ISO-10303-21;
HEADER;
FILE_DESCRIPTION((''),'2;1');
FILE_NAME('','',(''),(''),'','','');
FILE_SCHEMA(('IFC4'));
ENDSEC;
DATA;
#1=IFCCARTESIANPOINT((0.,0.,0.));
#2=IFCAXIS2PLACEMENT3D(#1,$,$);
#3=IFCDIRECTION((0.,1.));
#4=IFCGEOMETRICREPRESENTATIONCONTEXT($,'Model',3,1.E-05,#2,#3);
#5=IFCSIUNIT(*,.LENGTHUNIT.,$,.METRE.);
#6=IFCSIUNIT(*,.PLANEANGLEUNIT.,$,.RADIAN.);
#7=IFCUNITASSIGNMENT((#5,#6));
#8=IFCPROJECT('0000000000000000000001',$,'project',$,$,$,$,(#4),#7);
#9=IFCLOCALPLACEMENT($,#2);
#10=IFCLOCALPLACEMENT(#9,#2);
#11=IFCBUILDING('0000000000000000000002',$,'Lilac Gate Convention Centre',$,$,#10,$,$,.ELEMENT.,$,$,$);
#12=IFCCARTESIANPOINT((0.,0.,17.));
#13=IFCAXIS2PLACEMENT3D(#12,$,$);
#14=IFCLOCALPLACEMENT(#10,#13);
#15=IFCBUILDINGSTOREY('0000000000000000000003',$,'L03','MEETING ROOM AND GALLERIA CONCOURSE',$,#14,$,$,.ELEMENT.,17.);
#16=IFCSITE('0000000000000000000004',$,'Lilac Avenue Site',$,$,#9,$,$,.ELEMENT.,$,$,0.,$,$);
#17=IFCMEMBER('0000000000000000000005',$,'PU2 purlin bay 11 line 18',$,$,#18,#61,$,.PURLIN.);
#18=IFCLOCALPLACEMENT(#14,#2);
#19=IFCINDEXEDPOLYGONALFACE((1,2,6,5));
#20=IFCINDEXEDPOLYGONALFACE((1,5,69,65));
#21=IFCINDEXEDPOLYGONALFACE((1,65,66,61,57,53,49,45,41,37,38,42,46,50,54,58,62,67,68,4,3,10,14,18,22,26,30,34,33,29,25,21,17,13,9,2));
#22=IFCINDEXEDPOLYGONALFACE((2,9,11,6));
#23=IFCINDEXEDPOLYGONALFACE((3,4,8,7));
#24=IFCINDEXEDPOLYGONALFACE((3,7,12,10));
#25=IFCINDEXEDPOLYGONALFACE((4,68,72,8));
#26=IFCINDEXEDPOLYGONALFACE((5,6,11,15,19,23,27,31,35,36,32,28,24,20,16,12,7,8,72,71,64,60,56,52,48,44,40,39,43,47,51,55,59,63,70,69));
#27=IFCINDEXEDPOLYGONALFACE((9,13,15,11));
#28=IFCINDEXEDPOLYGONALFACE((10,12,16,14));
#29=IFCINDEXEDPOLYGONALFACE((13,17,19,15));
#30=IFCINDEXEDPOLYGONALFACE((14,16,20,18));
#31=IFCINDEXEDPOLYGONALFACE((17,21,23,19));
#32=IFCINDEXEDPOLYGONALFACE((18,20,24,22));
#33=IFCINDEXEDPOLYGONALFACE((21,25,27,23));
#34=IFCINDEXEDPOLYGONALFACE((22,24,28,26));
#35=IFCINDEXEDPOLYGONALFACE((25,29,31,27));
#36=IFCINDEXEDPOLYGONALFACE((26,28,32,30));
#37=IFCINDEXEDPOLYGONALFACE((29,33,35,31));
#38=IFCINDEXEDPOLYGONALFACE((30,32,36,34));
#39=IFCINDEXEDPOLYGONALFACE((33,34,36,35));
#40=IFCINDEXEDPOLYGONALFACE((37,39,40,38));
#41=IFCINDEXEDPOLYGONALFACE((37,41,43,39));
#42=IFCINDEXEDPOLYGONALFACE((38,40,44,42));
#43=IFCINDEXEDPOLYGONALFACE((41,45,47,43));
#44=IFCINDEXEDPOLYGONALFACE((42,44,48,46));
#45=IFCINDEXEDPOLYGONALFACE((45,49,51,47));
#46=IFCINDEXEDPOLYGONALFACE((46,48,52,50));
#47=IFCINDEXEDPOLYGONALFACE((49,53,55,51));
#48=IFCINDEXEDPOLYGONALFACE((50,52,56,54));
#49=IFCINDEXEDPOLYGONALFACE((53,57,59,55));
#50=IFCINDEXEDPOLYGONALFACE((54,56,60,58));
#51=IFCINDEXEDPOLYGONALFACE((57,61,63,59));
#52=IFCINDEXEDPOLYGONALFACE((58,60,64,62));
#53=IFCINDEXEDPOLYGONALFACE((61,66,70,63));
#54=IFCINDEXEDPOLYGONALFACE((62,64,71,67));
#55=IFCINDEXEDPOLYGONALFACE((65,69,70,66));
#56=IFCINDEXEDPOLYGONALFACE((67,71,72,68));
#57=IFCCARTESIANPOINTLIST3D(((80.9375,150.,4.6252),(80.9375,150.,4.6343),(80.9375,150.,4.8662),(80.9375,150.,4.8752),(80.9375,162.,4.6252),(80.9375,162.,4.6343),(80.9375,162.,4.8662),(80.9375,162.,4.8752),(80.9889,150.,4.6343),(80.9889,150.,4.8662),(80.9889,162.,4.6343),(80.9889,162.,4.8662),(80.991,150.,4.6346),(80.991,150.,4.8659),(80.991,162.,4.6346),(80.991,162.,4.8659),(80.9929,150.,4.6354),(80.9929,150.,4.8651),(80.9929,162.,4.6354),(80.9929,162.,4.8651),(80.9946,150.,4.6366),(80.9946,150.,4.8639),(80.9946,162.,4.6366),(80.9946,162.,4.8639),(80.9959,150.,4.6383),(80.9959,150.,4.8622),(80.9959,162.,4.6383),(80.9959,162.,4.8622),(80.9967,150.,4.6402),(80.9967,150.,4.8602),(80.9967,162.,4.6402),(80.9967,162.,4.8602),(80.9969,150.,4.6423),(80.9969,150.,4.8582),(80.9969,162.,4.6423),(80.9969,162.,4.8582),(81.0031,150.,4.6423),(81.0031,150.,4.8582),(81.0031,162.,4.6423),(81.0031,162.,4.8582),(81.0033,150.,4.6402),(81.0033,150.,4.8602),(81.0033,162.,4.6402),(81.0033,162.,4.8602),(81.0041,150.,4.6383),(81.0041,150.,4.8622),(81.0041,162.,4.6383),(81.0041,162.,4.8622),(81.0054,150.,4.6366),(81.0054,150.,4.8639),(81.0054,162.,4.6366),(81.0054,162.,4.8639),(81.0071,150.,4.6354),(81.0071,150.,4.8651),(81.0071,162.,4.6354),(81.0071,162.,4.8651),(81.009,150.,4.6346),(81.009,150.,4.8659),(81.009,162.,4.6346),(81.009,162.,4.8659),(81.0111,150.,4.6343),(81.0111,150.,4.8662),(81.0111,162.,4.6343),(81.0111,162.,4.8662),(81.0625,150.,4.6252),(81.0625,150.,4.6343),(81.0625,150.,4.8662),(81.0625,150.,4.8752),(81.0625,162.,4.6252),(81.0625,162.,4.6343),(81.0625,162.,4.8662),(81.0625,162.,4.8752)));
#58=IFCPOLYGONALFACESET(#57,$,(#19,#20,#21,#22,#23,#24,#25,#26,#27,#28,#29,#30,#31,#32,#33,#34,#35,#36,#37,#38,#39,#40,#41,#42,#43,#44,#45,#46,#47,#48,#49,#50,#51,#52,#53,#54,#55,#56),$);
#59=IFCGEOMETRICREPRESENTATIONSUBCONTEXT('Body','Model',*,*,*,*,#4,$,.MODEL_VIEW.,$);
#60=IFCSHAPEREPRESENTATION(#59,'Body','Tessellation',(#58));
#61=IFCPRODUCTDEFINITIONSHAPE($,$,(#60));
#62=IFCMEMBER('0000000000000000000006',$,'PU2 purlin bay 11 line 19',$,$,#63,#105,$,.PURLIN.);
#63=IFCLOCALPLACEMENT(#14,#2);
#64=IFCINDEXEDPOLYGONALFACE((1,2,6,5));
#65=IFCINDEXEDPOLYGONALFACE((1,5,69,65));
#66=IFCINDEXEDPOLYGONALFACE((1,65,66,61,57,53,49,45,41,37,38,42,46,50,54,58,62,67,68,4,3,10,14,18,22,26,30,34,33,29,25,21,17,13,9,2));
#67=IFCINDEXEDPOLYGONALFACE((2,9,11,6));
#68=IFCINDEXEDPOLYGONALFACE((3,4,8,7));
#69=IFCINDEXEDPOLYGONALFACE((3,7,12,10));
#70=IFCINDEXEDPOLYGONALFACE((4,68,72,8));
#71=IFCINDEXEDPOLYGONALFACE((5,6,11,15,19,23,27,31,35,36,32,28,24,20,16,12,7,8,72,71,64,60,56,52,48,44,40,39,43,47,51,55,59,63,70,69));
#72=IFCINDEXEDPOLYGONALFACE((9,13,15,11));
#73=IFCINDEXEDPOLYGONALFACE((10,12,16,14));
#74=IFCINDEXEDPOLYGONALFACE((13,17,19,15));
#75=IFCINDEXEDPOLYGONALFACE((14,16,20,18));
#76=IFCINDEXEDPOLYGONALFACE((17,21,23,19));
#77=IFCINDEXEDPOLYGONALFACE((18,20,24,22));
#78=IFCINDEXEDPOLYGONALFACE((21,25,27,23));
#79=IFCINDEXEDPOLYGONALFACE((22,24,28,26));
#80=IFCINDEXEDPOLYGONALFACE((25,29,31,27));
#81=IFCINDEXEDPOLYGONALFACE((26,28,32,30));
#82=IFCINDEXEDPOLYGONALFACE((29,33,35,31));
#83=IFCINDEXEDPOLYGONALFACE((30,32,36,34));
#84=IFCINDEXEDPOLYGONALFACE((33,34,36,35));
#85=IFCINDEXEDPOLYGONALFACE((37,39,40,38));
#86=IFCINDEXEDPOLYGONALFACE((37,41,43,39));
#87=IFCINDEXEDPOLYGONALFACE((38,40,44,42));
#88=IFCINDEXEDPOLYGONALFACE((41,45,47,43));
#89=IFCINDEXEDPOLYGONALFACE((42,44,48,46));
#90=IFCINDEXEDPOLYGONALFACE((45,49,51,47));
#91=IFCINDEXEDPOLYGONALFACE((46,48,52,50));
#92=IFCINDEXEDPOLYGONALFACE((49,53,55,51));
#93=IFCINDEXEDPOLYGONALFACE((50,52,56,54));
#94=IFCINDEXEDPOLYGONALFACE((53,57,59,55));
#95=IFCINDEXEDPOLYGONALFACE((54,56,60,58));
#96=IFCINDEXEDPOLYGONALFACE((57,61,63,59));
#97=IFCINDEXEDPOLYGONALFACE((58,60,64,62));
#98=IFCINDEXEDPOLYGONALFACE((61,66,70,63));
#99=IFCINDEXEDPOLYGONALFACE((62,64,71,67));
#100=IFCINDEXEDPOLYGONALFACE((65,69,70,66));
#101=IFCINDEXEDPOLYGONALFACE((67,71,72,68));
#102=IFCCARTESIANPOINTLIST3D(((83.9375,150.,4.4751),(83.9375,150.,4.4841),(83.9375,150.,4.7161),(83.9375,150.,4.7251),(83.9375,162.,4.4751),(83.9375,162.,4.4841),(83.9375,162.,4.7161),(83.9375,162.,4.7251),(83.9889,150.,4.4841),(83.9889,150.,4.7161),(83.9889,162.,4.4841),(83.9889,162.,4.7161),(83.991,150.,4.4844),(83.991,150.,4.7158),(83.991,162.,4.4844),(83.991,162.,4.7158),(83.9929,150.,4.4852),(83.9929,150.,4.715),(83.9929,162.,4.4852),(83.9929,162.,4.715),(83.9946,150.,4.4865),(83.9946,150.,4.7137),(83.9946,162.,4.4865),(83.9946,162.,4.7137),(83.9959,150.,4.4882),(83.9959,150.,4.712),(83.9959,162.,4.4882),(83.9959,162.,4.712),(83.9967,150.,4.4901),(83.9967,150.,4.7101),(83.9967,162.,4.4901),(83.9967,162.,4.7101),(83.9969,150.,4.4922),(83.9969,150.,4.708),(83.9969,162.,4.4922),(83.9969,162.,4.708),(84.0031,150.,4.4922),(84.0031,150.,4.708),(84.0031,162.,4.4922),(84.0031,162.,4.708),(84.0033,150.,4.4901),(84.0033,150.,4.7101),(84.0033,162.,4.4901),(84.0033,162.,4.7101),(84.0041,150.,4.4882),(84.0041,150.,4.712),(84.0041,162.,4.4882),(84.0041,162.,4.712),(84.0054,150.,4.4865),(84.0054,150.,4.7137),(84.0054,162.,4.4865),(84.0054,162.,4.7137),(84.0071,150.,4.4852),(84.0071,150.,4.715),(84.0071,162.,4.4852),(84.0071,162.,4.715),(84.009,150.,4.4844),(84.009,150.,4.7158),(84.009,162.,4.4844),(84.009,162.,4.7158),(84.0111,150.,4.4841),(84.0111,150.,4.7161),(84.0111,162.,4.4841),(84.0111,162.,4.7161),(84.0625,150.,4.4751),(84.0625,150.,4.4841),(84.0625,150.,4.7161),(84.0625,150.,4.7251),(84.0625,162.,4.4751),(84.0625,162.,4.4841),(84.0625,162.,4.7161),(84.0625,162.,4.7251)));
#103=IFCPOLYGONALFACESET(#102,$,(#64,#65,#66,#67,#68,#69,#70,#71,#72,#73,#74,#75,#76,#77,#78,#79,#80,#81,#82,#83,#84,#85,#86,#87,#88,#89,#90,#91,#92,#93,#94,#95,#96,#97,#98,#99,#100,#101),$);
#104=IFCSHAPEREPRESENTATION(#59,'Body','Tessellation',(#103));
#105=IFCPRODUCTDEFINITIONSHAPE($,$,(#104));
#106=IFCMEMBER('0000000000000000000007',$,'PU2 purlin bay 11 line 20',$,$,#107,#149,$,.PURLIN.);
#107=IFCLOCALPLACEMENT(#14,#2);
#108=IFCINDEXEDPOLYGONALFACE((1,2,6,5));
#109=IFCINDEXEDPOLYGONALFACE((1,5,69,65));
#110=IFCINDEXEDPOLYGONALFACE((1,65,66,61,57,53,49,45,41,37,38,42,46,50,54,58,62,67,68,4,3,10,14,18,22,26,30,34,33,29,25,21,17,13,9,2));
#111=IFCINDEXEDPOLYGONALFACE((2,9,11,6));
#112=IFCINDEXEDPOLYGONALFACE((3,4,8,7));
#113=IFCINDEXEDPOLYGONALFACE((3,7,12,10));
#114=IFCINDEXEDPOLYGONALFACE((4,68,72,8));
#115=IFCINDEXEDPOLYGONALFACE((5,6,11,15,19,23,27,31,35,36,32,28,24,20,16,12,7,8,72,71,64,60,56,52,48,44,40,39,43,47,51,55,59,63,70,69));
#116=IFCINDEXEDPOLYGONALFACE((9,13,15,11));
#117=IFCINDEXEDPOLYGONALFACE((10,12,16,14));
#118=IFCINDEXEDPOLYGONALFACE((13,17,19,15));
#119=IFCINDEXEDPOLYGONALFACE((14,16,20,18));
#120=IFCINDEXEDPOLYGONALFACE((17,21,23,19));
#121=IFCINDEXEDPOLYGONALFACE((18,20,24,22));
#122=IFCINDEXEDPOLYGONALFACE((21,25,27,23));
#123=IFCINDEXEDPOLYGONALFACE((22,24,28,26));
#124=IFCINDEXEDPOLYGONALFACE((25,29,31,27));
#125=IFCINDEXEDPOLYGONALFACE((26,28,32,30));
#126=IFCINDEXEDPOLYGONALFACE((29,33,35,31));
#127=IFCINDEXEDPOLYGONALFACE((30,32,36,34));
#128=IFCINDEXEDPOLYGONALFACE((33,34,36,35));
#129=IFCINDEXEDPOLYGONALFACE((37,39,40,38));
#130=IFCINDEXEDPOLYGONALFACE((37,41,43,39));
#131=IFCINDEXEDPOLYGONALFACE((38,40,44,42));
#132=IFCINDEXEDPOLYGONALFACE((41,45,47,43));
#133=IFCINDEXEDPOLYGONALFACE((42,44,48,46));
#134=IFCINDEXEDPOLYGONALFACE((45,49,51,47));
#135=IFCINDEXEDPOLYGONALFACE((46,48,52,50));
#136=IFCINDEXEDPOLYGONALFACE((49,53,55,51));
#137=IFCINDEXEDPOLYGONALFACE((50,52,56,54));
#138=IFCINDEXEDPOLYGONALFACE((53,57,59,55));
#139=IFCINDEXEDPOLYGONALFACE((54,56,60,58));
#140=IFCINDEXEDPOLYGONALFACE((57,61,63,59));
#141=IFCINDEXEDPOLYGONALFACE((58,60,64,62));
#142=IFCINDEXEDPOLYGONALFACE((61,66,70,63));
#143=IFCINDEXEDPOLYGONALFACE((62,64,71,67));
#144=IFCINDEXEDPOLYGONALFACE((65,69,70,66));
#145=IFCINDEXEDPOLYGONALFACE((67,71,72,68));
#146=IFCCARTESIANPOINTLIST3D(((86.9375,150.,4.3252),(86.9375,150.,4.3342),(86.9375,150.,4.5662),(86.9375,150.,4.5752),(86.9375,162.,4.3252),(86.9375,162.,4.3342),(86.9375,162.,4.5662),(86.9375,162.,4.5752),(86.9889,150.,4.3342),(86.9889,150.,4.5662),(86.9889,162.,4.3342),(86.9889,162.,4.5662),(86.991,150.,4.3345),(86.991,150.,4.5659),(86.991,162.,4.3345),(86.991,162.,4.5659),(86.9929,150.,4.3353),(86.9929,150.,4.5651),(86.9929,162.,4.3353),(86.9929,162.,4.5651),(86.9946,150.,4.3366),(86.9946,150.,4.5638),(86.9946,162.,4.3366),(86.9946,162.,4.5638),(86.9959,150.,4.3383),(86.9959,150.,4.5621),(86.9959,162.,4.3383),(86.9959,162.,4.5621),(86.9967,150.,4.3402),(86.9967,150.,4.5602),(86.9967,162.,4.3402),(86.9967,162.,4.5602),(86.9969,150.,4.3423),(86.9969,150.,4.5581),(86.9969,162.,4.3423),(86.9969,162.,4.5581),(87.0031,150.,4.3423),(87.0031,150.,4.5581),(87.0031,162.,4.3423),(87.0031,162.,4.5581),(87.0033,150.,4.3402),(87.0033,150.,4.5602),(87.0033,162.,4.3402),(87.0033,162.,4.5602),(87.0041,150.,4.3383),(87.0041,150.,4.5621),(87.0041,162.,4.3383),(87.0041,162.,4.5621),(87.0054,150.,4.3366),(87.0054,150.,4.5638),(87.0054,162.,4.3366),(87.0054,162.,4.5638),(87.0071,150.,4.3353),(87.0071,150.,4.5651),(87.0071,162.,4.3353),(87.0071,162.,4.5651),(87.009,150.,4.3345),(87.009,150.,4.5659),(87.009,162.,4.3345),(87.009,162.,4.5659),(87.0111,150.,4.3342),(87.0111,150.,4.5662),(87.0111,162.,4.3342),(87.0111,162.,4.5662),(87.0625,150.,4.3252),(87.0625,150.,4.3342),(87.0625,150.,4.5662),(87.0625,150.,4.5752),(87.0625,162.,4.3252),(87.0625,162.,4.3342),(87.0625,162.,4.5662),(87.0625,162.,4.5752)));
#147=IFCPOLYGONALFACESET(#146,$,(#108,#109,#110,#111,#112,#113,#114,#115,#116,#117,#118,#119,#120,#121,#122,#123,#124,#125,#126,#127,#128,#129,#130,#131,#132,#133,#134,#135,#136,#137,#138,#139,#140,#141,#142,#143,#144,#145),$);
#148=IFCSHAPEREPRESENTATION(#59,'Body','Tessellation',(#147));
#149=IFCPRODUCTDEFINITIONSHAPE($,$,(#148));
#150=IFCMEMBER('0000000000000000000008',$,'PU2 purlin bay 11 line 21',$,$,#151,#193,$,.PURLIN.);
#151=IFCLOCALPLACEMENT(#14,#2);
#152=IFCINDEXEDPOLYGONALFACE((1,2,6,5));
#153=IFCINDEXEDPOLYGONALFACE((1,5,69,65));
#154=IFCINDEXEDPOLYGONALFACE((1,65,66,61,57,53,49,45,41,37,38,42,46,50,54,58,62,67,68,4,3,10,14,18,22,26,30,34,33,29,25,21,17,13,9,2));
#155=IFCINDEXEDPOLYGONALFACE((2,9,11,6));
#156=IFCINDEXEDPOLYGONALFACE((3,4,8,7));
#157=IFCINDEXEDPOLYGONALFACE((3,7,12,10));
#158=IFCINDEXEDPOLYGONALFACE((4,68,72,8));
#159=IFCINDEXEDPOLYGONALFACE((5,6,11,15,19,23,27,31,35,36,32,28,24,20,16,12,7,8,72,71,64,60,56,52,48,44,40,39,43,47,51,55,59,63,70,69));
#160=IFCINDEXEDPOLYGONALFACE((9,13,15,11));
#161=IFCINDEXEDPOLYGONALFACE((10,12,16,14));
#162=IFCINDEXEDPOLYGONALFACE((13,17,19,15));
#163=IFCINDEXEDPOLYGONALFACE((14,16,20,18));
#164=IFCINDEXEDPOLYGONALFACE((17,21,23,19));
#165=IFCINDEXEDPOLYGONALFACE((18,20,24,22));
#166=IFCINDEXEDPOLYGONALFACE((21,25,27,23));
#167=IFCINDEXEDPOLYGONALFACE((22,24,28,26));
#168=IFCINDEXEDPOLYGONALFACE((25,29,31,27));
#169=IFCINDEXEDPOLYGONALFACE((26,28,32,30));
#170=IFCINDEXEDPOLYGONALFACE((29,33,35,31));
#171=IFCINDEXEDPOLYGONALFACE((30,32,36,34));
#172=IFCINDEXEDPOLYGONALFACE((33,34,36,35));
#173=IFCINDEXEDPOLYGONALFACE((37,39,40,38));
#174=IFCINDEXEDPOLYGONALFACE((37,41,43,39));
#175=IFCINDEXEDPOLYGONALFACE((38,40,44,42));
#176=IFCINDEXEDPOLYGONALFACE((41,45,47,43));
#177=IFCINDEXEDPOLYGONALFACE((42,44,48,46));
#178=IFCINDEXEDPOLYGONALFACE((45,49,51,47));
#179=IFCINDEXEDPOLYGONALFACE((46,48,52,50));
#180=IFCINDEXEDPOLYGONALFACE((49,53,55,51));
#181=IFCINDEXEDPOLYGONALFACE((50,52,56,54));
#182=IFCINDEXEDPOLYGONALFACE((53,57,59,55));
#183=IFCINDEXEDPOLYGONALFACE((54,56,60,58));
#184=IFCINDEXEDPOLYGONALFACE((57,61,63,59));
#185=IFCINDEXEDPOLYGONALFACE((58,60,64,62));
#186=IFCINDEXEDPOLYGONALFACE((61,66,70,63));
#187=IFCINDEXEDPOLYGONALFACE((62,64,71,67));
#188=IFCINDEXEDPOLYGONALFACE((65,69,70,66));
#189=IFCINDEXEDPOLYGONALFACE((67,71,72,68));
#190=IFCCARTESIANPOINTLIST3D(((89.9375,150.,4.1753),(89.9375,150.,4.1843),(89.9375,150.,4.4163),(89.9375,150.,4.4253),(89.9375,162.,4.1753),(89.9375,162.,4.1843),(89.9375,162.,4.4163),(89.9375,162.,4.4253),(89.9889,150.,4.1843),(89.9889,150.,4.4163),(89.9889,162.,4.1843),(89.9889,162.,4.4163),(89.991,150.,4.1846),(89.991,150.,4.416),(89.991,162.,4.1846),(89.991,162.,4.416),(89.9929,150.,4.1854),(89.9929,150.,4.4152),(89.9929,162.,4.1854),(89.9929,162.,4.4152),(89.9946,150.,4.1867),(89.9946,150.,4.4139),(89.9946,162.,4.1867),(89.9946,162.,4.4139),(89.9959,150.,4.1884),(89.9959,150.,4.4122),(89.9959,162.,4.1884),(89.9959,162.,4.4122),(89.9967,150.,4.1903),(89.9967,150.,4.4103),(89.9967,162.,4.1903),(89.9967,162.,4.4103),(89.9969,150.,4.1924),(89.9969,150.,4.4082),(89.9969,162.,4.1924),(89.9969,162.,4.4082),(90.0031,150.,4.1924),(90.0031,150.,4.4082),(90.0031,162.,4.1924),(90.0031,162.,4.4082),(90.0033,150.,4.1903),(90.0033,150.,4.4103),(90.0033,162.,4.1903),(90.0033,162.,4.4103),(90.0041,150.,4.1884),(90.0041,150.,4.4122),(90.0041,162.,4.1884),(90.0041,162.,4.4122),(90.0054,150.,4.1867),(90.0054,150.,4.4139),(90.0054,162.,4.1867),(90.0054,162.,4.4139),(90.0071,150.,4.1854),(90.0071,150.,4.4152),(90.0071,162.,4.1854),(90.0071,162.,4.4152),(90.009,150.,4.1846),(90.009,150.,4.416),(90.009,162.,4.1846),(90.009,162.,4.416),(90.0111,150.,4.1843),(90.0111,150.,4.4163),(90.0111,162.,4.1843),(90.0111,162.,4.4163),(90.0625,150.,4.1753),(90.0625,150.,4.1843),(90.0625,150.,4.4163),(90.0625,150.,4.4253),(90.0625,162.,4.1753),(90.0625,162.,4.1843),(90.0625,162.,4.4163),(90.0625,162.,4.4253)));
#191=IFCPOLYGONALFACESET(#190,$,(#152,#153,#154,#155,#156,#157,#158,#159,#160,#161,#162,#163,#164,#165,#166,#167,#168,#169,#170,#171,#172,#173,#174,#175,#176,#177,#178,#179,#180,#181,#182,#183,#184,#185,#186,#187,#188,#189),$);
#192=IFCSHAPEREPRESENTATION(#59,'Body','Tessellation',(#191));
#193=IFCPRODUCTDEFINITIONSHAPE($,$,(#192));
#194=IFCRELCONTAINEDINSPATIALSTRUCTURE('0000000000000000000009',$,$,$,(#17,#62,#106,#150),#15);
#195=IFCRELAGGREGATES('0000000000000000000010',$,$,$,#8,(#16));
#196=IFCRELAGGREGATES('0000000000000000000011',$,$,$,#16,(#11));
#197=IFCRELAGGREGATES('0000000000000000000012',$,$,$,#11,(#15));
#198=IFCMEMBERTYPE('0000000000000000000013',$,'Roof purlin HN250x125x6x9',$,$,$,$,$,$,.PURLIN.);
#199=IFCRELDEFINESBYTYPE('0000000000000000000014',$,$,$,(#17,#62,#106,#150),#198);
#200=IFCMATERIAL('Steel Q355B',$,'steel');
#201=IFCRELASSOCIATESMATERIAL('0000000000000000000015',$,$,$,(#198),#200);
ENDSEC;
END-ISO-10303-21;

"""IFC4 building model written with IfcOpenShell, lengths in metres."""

from ifc_helpers import new_model, si_unit, direction, frame, origin, origin_2d, place, context, subcontext, project, spatial, i_section, extrude, material, material_profile, profile_set, type_object, element, save


model = new_model("IFC4")

# Units and contexts
model_context = context("Model", 3, precision=1e-05, world=origin(), true_north=direction((0.0, 1.0)))
body_context = subcontext(model_context, "Body", "Model", "MODEL_VIEW")
ifc_project = project(units=[si_unit("LENGTHUNIT", "METRE"), si_unit("PLANEANGLEUNIT", "RADIAN")], contexts=[model_context])

# Site, building, storey
site_placement = place(None, origin())
site = spatial("IfcSite", under=ifc_project, at=site_placement, Name="Lilac Avenue Site", CompositionType="ELEMENT", RefElevation=0.0)
building_placement = place(site_placement, origin())
building = spatial("IfcBuilding", under=site, at=building_placement, Name="Lilac Gate Convention Centre", CompositionType="ELEMENT")
storey_placement = place(building_placement, frame((0.0, 0.0, 17.0)))
storey = spatial("IfcBuildingStorey", under=building, at=storey_placement, Name="L03", Description="MEETING ROOM AND GALLERIA CONCOURSE", CompositionType="ELEMENT", Elevation=17.0)

# Members
ifc_material = material(Name="Steel Q355B", Category="steel")
ifc_material_profile_1 = material_profile(ifc_material, i_section(OverallWidth=0.125, OverallDepth=0.25, WebThickness=0.0061, FlangeThickness=0.009, FilletRadius=0.0081, at=origin_2d()), Name="HN250x125x6x9")
ifc_profile_set_1 = profile_set([ifc_material_profile_1], Name="Steel Q355B")
member_type_1 = type_object("IfcMemberType", Name="Roof purlin HN250x125x6x9", PredefinedType="PURLIN", material=ifc_profile_set_1)
for number, where, z_axis, x_axis, name in (
    (1, (81.0, 150.0, 4.7502), (0.0, 1.0, 0.0), (-1.0, 0.0, 0.0), "PU2 purlin bay 11 line 18"),
    (2, (84.0, 150.0, 4.6001), (0.0, 1.0, 0.0), (-1.0, 0.0, 0.0), "PU2 purlin bay 11 line 19"),
    (3, (87.0, 150.0, 4.4502), (0.0, 1.0, 0.0), (-1.0, 0.0, 0.0), "PU2 purlin bay 11 line 20"),
    (4, (90.0, 150.0, 4.3003), (0.0, 1.0, 0.0), (-1.0, 0.0, 0.0), "PU2 purlin bay 11 line 21"),
):
    element("IfcMember", number, at=place(storey_placement, frame(where, z_axis=z_axis, x_axis=x_axis)), inside=storey, type_object=member_type_1, Name=name, PredefinedType="PURLIN", context=body_context, shape_type="SweptSolid", body=[
        extrude(i_section(OverallWidth=0.125, OverallDepth=0.25, WebThickness=0.0061, FlangeThickness=0.009, FilletRadius=0.0081, at=origin_2d()), origin(), (0.0, 0.0, 1.0), 12.0),
    ])

save(model, "model.ifc")
